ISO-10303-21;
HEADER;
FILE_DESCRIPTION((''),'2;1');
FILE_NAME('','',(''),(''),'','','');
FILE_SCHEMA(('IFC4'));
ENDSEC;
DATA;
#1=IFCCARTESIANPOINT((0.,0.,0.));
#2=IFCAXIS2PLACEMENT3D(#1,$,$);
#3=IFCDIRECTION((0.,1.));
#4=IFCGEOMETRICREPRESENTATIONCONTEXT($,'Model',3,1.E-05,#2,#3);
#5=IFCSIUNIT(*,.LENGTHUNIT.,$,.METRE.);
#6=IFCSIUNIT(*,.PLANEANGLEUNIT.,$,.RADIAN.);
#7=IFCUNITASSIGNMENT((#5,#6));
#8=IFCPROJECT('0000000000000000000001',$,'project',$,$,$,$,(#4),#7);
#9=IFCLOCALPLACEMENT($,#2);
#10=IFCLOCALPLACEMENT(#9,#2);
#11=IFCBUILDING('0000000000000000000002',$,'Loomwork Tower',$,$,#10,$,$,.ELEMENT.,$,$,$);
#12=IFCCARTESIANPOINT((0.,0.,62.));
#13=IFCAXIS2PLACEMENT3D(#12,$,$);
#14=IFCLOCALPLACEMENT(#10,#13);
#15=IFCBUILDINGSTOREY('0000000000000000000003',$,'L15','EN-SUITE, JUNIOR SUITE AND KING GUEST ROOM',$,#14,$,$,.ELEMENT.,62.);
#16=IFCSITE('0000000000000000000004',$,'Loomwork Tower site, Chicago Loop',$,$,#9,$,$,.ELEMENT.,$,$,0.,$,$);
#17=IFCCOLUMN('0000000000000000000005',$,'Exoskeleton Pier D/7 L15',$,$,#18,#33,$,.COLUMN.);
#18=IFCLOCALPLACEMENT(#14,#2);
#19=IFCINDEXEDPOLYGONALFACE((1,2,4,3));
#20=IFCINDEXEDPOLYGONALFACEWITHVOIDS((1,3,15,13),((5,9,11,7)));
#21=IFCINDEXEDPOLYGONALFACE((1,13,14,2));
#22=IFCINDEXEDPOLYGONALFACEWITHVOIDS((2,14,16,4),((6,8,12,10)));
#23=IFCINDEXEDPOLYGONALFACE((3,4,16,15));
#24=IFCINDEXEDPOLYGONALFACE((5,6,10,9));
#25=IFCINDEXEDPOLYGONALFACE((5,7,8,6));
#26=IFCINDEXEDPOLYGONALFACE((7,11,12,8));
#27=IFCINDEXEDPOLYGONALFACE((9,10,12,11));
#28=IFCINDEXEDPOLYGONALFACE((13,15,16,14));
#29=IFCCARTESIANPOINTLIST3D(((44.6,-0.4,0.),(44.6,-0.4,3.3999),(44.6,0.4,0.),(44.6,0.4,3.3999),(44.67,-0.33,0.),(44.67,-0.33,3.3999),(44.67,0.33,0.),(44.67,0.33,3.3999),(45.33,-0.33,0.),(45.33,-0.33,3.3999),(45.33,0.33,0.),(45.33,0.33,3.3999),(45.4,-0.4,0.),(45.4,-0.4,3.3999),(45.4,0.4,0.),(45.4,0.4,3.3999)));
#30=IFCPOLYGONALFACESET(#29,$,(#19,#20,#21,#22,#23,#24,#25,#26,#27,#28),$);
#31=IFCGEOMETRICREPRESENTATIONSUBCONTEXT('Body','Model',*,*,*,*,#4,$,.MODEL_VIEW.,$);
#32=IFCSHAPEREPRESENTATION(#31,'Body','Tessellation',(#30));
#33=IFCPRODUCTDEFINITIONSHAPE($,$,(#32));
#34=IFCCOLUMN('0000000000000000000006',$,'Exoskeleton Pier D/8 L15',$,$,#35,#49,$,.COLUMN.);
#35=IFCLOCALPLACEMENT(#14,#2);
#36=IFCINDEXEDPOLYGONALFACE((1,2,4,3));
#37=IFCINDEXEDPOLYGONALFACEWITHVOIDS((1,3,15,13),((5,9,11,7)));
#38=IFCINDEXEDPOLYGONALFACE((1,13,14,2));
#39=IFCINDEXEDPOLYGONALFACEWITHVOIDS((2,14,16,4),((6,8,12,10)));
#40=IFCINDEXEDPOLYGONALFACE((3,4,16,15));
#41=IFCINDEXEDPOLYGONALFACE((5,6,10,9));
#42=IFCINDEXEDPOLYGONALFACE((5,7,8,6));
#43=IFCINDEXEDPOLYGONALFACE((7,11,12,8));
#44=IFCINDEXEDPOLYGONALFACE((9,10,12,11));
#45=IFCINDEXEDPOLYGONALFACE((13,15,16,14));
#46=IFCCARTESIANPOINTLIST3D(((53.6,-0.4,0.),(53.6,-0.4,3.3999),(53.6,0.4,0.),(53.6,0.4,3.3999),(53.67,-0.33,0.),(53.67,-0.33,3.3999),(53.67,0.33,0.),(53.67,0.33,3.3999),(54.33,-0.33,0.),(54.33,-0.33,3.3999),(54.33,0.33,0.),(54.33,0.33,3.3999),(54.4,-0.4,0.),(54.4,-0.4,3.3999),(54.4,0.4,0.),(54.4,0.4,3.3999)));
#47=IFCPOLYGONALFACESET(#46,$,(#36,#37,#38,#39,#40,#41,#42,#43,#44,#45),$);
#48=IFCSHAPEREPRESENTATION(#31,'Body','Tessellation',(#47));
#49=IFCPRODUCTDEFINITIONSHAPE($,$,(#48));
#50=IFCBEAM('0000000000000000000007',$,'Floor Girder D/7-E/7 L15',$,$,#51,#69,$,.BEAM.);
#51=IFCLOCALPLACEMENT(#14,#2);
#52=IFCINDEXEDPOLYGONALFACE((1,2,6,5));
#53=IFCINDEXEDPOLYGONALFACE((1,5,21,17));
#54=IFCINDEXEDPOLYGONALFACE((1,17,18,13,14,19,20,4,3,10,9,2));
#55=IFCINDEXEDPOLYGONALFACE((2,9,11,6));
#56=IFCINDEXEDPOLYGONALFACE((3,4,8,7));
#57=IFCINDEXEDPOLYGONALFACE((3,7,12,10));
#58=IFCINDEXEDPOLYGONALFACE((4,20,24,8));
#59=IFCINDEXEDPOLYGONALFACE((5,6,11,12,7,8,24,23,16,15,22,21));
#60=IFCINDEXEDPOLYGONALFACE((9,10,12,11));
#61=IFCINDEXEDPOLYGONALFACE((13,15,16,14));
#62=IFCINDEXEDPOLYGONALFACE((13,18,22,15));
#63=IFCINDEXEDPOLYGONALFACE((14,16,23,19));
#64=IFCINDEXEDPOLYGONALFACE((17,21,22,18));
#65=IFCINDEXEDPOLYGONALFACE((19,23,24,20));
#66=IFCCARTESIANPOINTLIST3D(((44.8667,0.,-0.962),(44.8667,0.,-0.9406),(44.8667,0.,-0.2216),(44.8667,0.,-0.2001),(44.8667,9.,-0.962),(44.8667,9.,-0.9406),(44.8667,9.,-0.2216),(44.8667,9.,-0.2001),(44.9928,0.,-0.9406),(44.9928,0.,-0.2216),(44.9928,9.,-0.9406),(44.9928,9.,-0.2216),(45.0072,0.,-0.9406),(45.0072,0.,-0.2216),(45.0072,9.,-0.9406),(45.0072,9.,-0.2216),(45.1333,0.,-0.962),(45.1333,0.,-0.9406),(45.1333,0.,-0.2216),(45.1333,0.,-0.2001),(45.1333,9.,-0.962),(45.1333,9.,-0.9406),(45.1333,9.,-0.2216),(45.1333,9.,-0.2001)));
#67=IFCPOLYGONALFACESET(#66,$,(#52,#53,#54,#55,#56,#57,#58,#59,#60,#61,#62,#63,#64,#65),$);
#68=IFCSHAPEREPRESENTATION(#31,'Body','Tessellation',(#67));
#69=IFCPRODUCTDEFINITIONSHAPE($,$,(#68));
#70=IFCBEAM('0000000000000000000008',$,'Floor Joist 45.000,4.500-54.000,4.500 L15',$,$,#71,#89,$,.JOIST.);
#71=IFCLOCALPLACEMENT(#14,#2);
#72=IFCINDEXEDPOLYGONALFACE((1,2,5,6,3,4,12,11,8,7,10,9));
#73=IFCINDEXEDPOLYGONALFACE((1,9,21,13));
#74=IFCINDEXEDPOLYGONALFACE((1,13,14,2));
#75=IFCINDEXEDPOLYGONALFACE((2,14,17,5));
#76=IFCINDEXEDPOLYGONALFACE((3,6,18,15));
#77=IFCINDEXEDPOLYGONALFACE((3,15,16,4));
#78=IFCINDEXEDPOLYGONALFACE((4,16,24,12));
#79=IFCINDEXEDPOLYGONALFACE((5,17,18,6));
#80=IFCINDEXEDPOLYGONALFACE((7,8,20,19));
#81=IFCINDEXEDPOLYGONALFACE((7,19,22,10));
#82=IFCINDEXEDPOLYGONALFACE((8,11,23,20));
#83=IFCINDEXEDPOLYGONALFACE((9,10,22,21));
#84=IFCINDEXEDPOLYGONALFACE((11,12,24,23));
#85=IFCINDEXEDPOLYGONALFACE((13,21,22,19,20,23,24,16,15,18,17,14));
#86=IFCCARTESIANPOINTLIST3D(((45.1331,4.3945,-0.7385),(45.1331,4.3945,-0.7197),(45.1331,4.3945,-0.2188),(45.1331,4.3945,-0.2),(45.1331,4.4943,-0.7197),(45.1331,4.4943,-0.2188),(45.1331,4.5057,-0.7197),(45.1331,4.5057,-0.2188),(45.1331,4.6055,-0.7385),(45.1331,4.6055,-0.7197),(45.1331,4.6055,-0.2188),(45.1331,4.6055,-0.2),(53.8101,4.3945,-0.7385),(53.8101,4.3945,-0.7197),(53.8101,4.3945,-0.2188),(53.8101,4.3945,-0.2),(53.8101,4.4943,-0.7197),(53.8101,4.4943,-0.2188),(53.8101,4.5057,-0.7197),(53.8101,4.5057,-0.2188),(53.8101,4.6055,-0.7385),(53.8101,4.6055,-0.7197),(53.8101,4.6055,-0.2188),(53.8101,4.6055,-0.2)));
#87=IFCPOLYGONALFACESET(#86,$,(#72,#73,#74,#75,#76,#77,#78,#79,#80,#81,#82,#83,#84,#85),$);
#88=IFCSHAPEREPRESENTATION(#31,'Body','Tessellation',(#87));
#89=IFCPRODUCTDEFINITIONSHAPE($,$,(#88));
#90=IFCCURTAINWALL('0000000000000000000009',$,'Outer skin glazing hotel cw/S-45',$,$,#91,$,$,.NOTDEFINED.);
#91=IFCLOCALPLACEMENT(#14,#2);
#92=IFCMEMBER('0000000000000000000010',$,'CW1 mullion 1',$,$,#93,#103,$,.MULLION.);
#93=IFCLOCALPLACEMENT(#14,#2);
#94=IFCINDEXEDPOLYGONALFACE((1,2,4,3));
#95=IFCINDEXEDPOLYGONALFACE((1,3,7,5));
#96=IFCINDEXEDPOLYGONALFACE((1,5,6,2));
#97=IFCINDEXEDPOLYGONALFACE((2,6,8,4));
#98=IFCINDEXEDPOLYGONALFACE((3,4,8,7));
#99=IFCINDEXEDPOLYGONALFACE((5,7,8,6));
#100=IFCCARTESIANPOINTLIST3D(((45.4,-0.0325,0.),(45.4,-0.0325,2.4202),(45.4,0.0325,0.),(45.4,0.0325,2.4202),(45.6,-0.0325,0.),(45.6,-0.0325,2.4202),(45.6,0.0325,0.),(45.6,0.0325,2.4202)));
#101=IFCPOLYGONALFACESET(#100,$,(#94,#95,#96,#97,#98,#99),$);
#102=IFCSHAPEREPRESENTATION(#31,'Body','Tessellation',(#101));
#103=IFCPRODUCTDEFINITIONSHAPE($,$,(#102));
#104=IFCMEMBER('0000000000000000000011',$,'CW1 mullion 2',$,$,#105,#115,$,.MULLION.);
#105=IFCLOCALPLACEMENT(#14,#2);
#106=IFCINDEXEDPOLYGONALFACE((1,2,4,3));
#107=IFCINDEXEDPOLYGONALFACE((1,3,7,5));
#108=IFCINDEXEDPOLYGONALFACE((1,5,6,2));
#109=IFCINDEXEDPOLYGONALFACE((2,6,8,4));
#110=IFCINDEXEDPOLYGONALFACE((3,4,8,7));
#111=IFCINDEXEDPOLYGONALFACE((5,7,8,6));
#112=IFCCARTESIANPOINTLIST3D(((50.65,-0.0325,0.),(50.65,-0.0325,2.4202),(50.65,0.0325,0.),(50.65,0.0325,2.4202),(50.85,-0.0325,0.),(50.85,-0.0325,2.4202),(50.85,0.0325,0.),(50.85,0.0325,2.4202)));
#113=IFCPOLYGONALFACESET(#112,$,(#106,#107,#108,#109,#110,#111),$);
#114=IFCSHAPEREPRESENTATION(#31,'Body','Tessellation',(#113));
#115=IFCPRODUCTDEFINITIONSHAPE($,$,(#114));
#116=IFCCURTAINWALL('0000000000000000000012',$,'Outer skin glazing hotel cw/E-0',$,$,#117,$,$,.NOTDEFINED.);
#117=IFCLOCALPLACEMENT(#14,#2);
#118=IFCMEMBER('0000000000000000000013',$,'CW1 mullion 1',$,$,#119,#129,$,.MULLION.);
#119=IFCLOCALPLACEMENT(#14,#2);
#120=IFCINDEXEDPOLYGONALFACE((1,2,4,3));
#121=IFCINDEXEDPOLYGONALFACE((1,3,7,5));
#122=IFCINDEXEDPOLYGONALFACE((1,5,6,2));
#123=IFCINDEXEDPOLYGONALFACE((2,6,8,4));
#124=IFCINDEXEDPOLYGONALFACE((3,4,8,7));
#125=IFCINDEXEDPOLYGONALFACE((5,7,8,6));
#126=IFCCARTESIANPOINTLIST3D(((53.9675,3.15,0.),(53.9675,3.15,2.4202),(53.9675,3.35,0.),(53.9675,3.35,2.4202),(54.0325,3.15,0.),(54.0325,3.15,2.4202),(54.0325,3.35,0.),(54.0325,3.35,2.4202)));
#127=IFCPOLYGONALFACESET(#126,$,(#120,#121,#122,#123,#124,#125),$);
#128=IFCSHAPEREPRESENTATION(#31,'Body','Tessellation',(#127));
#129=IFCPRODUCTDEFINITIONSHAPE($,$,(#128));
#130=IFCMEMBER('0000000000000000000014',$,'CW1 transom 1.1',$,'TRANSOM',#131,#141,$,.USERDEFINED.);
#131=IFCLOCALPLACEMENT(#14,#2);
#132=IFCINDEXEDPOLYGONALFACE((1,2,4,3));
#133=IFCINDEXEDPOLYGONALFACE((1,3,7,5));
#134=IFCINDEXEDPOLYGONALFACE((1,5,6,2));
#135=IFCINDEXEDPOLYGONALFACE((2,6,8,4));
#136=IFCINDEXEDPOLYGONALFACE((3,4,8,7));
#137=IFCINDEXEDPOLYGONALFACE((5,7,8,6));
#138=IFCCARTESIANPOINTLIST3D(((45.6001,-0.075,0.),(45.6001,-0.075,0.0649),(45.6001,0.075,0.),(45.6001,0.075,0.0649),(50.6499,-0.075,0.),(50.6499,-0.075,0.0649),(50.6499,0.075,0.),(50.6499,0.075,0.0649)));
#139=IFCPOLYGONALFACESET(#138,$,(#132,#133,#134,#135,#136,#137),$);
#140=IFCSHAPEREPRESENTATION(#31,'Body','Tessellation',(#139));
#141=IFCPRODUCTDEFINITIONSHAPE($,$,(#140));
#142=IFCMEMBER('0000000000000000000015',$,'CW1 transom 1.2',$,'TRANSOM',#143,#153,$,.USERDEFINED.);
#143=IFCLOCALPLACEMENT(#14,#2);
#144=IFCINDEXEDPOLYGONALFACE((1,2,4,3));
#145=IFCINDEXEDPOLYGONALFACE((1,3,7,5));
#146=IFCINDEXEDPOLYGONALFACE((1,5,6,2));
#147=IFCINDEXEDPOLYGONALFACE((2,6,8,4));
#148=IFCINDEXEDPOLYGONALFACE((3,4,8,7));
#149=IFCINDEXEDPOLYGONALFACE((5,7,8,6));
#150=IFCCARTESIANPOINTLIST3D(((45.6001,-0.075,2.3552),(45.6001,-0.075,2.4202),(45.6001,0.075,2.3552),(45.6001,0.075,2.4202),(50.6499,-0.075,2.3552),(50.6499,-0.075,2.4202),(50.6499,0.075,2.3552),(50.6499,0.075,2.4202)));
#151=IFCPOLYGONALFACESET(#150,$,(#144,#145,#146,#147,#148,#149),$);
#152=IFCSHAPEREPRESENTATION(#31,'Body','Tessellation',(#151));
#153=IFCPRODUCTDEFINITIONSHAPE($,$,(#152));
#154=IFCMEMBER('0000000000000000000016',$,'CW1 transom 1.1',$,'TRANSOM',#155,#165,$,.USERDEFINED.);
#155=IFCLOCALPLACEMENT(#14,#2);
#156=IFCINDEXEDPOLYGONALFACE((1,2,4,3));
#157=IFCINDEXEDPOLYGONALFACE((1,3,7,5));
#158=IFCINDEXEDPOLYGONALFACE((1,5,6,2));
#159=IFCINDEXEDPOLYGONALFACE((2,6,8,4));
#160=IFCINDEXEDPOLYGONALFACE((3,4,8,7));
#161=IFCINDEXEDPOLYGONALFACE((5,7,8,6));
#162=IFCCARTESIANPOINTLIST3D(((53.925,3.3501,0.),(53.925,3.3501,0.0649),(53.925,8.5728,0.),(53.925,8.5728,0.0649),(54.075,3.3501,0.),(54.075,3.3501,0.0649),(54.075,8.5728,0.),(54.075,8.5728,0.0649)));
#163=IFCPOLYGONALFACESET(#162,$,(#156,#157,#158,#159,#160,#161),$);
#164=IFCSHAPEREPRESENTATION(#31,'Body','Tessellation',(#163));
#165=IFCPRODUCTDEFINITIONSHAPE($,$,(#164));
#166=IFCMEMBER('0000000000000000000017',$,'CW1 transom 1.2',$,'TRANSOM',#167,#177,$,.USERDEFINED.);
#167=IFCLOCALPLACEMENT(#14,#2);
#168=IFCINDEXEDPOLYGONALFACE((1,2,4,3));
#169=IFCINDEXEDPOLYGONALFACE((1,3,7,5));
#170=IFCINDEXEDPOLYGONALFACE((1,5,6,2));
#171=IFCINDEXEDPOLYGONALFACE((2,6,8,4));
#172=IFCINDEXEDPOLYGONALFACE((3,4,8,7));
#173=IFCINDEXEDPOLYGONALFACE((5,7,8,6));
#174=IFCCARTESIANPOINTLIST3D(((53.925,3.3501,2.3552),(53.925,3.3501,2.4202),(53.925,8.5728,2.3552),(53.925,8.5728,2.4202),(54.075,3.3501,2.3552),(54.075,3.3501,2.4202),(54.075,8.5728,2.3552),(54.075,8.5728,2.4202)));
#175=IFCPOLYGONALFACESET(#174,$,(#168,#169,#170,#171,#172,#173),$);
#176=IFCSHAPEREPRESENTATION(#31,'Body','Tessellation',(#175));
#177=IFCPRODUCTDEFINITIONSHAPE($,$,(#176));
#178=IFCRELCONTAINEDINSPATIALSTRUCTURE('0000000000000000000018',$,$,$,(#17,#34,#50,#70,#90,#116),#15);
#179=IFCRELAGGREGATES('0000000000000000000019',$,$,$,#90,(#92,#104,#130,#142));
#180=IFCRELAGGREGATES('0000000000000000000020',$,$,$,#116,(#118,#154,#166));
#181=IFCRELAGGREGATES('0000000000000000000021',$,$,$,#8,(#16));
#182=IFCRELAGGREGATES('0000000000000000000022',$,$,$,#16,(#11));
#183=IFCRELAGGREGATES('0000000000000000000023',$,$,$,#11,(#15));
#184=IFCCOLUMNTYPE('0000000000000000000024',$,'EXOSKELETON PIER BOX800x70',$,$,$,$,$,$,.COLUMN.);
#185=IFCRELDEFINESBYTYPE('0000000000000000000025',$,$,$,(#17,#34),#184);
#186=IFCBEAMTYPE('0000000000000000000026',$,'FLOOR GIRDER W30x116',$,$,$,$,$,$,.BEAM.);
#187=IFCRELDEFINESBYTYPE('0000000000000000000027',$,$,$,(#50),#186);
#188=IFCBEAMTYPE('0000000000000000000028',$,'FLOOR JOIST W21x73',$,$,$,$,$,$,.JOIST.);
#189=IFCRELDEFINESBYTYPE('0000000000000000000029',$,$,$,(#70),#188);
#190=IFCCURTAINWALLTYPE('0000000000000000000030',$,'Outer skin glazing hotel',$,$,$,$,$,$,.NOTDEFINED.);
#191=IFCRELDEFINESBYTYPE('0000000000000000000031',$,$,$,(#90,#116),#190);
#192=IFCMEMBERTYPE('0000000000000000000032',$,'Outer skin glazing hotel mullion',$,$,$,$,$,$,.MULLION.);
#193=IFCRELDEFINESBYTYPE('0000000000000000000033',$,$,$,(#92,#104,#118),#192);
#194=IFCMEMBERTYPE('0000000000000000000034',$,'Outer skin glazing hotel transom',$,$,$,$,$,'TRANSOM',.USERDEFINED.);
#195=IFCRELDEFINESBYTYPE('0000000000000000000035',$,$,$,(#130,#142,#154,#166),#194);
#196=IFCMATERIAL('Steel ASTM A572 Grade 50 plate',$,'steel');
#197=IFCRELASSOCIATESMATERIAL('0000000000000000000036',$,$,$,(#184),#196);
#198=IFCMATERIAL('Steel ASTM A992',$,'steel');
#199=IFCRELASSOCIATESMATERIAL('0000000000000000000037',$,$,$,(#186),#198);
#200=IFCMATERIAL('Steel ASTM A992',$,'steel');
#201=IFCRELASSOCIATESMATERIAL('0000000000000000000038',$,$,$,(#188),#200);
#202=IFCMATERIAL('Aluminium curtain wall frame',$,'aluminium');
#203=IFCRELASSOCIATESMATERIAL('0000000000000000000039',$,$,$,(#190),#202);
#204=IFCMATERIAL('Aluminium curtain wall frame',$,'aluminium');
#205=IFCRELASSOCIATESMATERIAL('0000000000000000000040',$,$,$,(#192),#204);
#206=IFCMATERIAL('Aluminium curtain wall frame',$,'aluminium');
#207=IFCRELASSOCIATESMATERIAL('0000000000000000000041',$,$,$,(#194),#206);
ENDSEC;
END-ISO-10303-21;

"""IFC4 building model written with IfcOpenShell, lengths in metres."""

from ifc_helpers import new_model, si_unit, direction, frame, origin, origin_2d, place, context, subcontext, project, spatial, rectangle, hollow_rectangle, i_section, extrude, material, material_profile, profile_set, type_object, element, aggregate, save


model = new_model("IFC4")

# Units and contexts
model_context = context("Model", 3, precision=1e-05, world=origin(), true_north=direction((0.0, 1.0)))
body_context = subcontext(model_context, "Body", "Model", "MODEL_VIEW")
ifc_project = project(units=[si_unit("LENGTHUNIT", "METRE"), si_unit("PLANEANGLEUNIT", "RADIAN")], contexts=[model_context])

# Site, building, storey
site_placement = place(None, origin())
site = spatial("IfcSite", under=ifc_project, at=site_placement, Name="Loomwork Tower site, Chicago Loop", CompositionType="ELEMENT", RefElevation=0.0)
building_placement = place(site_placement, origin())
building = spatial("IfcBuilding", under=site, at=building_placement, Name="Loomwork Tower", CompositionType="ELEMENT")
storey_placement = place(building_placement, frame((0.0, 0.0, 62.0)))
storey = spatial("IfcBuildingStorey", under=building, at=storey_placement, Name="L15", Description="EN-SUITE, JUNIOR SUITE AND KING GUEST ROOM", CompositionType="ELEMENT", Elevation=62.0)

# Columns
ifc_material_1 = material(Name="Steel ASTM A572 Grade 50 plate", Category="steel")
ifc_material_profile_1 = material_profile(ifc_material_1, hollow_rectangle(XDim=0.8, YDim=0.8, WallThickness=0.0701, at=origin_2d()), Name="BOX800x70")
ifc_profile_set_1 = profile_set([ifc_material_profile_1], Name="Steel ASTM A572 Grade 50 plate")
column_type = type_object("IfcColumnType", Name="EXOSKELETON PIER BOX800x70", PredefinedType="COLUMN", material=ifc_profile_set_1)
for number, where, z_axis, x_axis, name in (
    (1, (45.0, 0.0, 0.0), (0.0, 0.0, 1.0), (1.0, 0.0, 0.0), "Exoskeleton Pier D/7 L15"),
    (2, (54.0, 0.0, 0.0), (0.0, 0.0, 1.0), (1.0, 0.0, 0.0), "Exoskeleton Pier D/8 L15"),
):
    element("IfcColumn", number, at=place(storey_placement, frame(where, z_axis=z_axis, x_axis=x_axis)), inside=storey, type_object=column_type, Name=name, PredefinedType="COLUMN", context=body_context, shape_type="SweptSolid", body=[
        extrude(hollow_rectangle(XDim=0.8, YDim=0.8, WallThickness=0.0701, at=origin_2d()), origin(), (0.0, 0.0, 1.0), 3.3999),
    ])

# Beams
ifc_material_2 = material(Name="Steel ASTM A992", Category="steel")
ifc_material_profile_2 = material_profile(ifc_material_2, i_section(OverallWidth=0.2666, OverallDepth=0.762, WebThickness=0.0144, FlangeThickness=0.0215, at=origin_2d()), Name="W30x116")
ifc_profile_set_2 = profile_set([ifc_material_profile_2], Name="Steel ASTM A992")
beam_type_1 = type_object("IfcBeamType", Name="FLOOR GIRDER W30x116", PredefinedType="BEAM", material=ifc_profile_set_2)
beam_1_placement = place(storey_placement, frame((45.0, 0.0, -0.5811), z_axis=(0.0, 1.0, 0.0), x_axis=(-1.0, 0.0, 0.0)))
element("IfcBeam", 3, at=beam_1_placement, inside=storey, type_object=beam_type_1, Name="Floor Girder D/7-E/7 L15", PredefinedType="BEAM", context=body_context, shape_type="SweptSolid", body=[
    extrude(i_section(OverallWidth=0.2666, OverallDepth=0.762, WebThickness=0.0144, FlangeThickness=0.0215, at=origin_2d()), origin(), (0.0, 0.0, 1.0), 9.0),
])
ifc_material_3 = material(Name="Steel ASTM A992", Category="steel")
ifc_material_profile_3 = material_profile(ifc_material_3, i_section(OverallWidth=0.2109, OverallDepth=0.5386, WebThickness=0.0115, FlangeThickness=0.0188, at=origin_2d()), Name="W21x73")
ifc_profile_set_3 = profile_set([ifc_material_profile_3], Name="Steel ASTM A992")
beam_type_2 = type_object("IfcBeamType", Name="FLOOR JOIST W21x73", PredefinedType="JOIST", material=ifc_profile_set_3)
beam_2_placement = place(storey_placement, frame((45.1331, 4.5, -0.4692), z_axis=(1.0, 0.0, 0.0), x_axis=(0.0, 1.0, 0.0)))
element("IfcBeam", 4, at=beam_2_placement, inside=storey, type_object=beam_type_2, Name="Floor Joist 45.000,4.500-54.000,4.500 L15", PredefinedType="JOIST", context=body_context, shape_type="SweptSolid", body=[
    extrude(i_section(OverallWidth=0.2109, OverallDepth=0.5386, WebThickness=0.0115, FlangeThickness=0.0188, at=origin_2d()), origin(), (0.0, 0.0, 1.0), 8.677),
])

# Curtain wall, members
ifc_material_4 = material(Name="Aluminium curtain wall frame", Category="aluminium")
curtain_wall_type = type_object("IfcCurtainWallType", Name="Outer skin glazing hotel", PredefinedType="NOTDEFINED", material=ifc_material_4)
curtain_wall_1_placement = place(storey_placement, origin())
curtain_wall_1 = element("IfcCurtainWall", 5, at=curtain_wall_1_placement, inside=storey, type_object=curtain_wall_type, Name="Outer skin glazing hotel cw/S-45", PredefinedType="NOTDEFINED")
ifc_material_5 = material(Name="Aluminium curtain wall frame", Category="aluminium")
ifc_material_profile_4 = material_profile(ifc_material_5, rectangle(XDim=0.0649, YDim=0.2, at=origin_2d()), Name="AL 65x200")
ifc_profile_set_4 = profile_set([ifc_material_profile_4], Name="Aluminium curtain wall frame")
member_type_1 = type_object("IfcMemberType", Name="Outer skin glazing hotel mullion", PredefinedType="MULLION", material=ifc_profile_set_4)
member_1_placement = place(storey_placement, frame((45.5, 0.0, 0.0), z_axis=(0.0, 0.0, 1.0), x_axis=(0.0, 1.0, 0.0)))
member_1 = element("IfcMember", 6, at=member_1_placement, type_object=member_type_1, Name="CW1 mullion 1", PredefinedType="MULLION", context=body_context, shape_type="SweptSolid", body=[
    extrude(rectangle(XDim=0.0649, YDim=0.2, at=origin_2d()), origin(), (0.0, 0.0, 1.0), 2.4202),
])
member_2_placement = place(storey_placement, frame((50.75, 0.0, 0.0), z_axis=(0.0, 0.0, 1.0), x_axis=(0.0, 1.0, 0.0)))
member_2 = element("IfcMember", 7, at=member_2_placement, type_object=member_type_1, Name="CW1 mullion 2", PredefinedType="MULLION", context=body_context, shape_type="SweptSolid", body=[
    extrude(rectangle(XDim=0.0649, YDim=0.2, at=origin_2d()), origin(), (0.0, 0.0, 1.0), 2.4202),
])

# Curtain wall, member
curtain_wall_2_placement = place(storey_placement, origin())
curtain_wall_2 = element("IfcCurtainWall", 8, at=curtain_wall_2_placement, inside=storey, type_object=curtain_wall_type, Name="Outer skin glazing hotel cw/E-0", PredefinedType="NOTDEFINED")
member_3_placement = place(storey_placement, frame((54.0, 3.25, 0.0), z_axis=(0.0, 0.0, 1.0), x_axis=(-1.0, 0.0, 0.0)))
member_3 = element("IfcMember", 9, at=member_3_placement, type_object=member_type_1, Name="CW1 mullion 1", PredefinedType="MULLION", context=body_context, shape_type="SweptSolid", body=[
    extrude(rectangle(XDim=0.0649, YDim=0.2, at=origin_2d()), origin(), (0.0, 0.0, 1.0), 2.4202),
])

# Members
ifc_material_6 = material(Name="Aluminium curtain wall frame", Category="aluminium")
ifc_material_profile_5 = material_profile(ifc_material_6, rectangle(XDim=0.1499, YDim=0.0649, at=origin_2d()), Name="AL 65x150")
ifc_profile_set_5 = profile_set([ifc_material_profile_5], Name="Aluminium curtain wall frame")
member_type_2 = type_object("IfcMemberType", Name="Outer skin glazing hotel transom", ElementType="TRANSOM", PredefinedType="USERDEFINED", material=ifc_profile_set_5)
member_4_placement = place(storey_placement, frame((45.6001, 0.0, 0.0325), z_axis=(1.0, 0.0, 0.0), x_axis=(0.0, 1.0, 0.0)))
member_4 = element("IfcMember", 10, at=member_4_placement, type_object=member_type_2, Name="CW1 transom 1.1", ObjectType="TRANSOM", PredefinedType="USERDEFINED", context=body_context, shape_type="SweptSolid", body=[
    extrude(rectangle(XDim=0.1499, YDim=0.0649, at=origin_2d()), origin(), (0.0, 0.0, 1.0), 5.0498),
])
member_5_placement = place(storey_placement, frame((45.6001, 0.0, 2.3877), z_axis=(1.0, 0.0, 0.0), x_axis=(0.0, 1.0, 0.0)))
member_5 = element("IfcMember", 11, at=member_5_placement, type_object=member_type_2, Name="CW1 transom 1.2", ObjectType="TRANSOM", PredefinedType="USERDEFINED", context=body_context, shape_type="SweptSolid", body=[
    extrude(rectangle(XDim=0.1499, YDim=0.0649, at=origin_2d()), origin(), (0.0, 0.0, 1.0), 5.0498),
])
member_6_placement = place(storey_placement, frame((54.0, 3.3501, 0.0325), z_axis=(0.0, 1.0, 0.0), x_axis=(-1.0, 0.0, 0.0)))
member_6 = element("IfcMember", 12, at=member_6_placement, type_object=member_type_2, Name="CW1 transom 1.1", ObjectType="TRANSOM", PredefinedType="USERDEFINED", context=body_context, shape_type="SweptSolid", body=[
    extrude(rectangle(XDim=0.1499, YDim=0.0649, at=origin_2d()), origin(), (0.0, 0.0, 1.0), 5.2227),
])
member_7_placement = place(storey_placement, frame((54.0, 3.3501, 2.3877), z_axis=(0.0, 1.0, 0.0), x_axis=(-1.0, 0.0, 0.0)))
member_7 = element("IfcMember", 13, at=member_7_placement, type_object=member_type_2, Name="CW1 transom 1.2", ObjectType="TRANSOM", PredefinedType="USERDEFINED", context=body_context, shape_type="SweptSolid", body=[
    extrude(rectangle(XDim=0.1499, YDim=0.0649, at=origin_2d()), origin(), (0.0, 0.0, 1.0), 5.2227),
])

aggregate(curtain_wall_1, [member_1, member_2, member_4, member_5])
aggregate(curtain_wall_2, [member_3, member_6, member_7])

save(model, "model.ifc")
